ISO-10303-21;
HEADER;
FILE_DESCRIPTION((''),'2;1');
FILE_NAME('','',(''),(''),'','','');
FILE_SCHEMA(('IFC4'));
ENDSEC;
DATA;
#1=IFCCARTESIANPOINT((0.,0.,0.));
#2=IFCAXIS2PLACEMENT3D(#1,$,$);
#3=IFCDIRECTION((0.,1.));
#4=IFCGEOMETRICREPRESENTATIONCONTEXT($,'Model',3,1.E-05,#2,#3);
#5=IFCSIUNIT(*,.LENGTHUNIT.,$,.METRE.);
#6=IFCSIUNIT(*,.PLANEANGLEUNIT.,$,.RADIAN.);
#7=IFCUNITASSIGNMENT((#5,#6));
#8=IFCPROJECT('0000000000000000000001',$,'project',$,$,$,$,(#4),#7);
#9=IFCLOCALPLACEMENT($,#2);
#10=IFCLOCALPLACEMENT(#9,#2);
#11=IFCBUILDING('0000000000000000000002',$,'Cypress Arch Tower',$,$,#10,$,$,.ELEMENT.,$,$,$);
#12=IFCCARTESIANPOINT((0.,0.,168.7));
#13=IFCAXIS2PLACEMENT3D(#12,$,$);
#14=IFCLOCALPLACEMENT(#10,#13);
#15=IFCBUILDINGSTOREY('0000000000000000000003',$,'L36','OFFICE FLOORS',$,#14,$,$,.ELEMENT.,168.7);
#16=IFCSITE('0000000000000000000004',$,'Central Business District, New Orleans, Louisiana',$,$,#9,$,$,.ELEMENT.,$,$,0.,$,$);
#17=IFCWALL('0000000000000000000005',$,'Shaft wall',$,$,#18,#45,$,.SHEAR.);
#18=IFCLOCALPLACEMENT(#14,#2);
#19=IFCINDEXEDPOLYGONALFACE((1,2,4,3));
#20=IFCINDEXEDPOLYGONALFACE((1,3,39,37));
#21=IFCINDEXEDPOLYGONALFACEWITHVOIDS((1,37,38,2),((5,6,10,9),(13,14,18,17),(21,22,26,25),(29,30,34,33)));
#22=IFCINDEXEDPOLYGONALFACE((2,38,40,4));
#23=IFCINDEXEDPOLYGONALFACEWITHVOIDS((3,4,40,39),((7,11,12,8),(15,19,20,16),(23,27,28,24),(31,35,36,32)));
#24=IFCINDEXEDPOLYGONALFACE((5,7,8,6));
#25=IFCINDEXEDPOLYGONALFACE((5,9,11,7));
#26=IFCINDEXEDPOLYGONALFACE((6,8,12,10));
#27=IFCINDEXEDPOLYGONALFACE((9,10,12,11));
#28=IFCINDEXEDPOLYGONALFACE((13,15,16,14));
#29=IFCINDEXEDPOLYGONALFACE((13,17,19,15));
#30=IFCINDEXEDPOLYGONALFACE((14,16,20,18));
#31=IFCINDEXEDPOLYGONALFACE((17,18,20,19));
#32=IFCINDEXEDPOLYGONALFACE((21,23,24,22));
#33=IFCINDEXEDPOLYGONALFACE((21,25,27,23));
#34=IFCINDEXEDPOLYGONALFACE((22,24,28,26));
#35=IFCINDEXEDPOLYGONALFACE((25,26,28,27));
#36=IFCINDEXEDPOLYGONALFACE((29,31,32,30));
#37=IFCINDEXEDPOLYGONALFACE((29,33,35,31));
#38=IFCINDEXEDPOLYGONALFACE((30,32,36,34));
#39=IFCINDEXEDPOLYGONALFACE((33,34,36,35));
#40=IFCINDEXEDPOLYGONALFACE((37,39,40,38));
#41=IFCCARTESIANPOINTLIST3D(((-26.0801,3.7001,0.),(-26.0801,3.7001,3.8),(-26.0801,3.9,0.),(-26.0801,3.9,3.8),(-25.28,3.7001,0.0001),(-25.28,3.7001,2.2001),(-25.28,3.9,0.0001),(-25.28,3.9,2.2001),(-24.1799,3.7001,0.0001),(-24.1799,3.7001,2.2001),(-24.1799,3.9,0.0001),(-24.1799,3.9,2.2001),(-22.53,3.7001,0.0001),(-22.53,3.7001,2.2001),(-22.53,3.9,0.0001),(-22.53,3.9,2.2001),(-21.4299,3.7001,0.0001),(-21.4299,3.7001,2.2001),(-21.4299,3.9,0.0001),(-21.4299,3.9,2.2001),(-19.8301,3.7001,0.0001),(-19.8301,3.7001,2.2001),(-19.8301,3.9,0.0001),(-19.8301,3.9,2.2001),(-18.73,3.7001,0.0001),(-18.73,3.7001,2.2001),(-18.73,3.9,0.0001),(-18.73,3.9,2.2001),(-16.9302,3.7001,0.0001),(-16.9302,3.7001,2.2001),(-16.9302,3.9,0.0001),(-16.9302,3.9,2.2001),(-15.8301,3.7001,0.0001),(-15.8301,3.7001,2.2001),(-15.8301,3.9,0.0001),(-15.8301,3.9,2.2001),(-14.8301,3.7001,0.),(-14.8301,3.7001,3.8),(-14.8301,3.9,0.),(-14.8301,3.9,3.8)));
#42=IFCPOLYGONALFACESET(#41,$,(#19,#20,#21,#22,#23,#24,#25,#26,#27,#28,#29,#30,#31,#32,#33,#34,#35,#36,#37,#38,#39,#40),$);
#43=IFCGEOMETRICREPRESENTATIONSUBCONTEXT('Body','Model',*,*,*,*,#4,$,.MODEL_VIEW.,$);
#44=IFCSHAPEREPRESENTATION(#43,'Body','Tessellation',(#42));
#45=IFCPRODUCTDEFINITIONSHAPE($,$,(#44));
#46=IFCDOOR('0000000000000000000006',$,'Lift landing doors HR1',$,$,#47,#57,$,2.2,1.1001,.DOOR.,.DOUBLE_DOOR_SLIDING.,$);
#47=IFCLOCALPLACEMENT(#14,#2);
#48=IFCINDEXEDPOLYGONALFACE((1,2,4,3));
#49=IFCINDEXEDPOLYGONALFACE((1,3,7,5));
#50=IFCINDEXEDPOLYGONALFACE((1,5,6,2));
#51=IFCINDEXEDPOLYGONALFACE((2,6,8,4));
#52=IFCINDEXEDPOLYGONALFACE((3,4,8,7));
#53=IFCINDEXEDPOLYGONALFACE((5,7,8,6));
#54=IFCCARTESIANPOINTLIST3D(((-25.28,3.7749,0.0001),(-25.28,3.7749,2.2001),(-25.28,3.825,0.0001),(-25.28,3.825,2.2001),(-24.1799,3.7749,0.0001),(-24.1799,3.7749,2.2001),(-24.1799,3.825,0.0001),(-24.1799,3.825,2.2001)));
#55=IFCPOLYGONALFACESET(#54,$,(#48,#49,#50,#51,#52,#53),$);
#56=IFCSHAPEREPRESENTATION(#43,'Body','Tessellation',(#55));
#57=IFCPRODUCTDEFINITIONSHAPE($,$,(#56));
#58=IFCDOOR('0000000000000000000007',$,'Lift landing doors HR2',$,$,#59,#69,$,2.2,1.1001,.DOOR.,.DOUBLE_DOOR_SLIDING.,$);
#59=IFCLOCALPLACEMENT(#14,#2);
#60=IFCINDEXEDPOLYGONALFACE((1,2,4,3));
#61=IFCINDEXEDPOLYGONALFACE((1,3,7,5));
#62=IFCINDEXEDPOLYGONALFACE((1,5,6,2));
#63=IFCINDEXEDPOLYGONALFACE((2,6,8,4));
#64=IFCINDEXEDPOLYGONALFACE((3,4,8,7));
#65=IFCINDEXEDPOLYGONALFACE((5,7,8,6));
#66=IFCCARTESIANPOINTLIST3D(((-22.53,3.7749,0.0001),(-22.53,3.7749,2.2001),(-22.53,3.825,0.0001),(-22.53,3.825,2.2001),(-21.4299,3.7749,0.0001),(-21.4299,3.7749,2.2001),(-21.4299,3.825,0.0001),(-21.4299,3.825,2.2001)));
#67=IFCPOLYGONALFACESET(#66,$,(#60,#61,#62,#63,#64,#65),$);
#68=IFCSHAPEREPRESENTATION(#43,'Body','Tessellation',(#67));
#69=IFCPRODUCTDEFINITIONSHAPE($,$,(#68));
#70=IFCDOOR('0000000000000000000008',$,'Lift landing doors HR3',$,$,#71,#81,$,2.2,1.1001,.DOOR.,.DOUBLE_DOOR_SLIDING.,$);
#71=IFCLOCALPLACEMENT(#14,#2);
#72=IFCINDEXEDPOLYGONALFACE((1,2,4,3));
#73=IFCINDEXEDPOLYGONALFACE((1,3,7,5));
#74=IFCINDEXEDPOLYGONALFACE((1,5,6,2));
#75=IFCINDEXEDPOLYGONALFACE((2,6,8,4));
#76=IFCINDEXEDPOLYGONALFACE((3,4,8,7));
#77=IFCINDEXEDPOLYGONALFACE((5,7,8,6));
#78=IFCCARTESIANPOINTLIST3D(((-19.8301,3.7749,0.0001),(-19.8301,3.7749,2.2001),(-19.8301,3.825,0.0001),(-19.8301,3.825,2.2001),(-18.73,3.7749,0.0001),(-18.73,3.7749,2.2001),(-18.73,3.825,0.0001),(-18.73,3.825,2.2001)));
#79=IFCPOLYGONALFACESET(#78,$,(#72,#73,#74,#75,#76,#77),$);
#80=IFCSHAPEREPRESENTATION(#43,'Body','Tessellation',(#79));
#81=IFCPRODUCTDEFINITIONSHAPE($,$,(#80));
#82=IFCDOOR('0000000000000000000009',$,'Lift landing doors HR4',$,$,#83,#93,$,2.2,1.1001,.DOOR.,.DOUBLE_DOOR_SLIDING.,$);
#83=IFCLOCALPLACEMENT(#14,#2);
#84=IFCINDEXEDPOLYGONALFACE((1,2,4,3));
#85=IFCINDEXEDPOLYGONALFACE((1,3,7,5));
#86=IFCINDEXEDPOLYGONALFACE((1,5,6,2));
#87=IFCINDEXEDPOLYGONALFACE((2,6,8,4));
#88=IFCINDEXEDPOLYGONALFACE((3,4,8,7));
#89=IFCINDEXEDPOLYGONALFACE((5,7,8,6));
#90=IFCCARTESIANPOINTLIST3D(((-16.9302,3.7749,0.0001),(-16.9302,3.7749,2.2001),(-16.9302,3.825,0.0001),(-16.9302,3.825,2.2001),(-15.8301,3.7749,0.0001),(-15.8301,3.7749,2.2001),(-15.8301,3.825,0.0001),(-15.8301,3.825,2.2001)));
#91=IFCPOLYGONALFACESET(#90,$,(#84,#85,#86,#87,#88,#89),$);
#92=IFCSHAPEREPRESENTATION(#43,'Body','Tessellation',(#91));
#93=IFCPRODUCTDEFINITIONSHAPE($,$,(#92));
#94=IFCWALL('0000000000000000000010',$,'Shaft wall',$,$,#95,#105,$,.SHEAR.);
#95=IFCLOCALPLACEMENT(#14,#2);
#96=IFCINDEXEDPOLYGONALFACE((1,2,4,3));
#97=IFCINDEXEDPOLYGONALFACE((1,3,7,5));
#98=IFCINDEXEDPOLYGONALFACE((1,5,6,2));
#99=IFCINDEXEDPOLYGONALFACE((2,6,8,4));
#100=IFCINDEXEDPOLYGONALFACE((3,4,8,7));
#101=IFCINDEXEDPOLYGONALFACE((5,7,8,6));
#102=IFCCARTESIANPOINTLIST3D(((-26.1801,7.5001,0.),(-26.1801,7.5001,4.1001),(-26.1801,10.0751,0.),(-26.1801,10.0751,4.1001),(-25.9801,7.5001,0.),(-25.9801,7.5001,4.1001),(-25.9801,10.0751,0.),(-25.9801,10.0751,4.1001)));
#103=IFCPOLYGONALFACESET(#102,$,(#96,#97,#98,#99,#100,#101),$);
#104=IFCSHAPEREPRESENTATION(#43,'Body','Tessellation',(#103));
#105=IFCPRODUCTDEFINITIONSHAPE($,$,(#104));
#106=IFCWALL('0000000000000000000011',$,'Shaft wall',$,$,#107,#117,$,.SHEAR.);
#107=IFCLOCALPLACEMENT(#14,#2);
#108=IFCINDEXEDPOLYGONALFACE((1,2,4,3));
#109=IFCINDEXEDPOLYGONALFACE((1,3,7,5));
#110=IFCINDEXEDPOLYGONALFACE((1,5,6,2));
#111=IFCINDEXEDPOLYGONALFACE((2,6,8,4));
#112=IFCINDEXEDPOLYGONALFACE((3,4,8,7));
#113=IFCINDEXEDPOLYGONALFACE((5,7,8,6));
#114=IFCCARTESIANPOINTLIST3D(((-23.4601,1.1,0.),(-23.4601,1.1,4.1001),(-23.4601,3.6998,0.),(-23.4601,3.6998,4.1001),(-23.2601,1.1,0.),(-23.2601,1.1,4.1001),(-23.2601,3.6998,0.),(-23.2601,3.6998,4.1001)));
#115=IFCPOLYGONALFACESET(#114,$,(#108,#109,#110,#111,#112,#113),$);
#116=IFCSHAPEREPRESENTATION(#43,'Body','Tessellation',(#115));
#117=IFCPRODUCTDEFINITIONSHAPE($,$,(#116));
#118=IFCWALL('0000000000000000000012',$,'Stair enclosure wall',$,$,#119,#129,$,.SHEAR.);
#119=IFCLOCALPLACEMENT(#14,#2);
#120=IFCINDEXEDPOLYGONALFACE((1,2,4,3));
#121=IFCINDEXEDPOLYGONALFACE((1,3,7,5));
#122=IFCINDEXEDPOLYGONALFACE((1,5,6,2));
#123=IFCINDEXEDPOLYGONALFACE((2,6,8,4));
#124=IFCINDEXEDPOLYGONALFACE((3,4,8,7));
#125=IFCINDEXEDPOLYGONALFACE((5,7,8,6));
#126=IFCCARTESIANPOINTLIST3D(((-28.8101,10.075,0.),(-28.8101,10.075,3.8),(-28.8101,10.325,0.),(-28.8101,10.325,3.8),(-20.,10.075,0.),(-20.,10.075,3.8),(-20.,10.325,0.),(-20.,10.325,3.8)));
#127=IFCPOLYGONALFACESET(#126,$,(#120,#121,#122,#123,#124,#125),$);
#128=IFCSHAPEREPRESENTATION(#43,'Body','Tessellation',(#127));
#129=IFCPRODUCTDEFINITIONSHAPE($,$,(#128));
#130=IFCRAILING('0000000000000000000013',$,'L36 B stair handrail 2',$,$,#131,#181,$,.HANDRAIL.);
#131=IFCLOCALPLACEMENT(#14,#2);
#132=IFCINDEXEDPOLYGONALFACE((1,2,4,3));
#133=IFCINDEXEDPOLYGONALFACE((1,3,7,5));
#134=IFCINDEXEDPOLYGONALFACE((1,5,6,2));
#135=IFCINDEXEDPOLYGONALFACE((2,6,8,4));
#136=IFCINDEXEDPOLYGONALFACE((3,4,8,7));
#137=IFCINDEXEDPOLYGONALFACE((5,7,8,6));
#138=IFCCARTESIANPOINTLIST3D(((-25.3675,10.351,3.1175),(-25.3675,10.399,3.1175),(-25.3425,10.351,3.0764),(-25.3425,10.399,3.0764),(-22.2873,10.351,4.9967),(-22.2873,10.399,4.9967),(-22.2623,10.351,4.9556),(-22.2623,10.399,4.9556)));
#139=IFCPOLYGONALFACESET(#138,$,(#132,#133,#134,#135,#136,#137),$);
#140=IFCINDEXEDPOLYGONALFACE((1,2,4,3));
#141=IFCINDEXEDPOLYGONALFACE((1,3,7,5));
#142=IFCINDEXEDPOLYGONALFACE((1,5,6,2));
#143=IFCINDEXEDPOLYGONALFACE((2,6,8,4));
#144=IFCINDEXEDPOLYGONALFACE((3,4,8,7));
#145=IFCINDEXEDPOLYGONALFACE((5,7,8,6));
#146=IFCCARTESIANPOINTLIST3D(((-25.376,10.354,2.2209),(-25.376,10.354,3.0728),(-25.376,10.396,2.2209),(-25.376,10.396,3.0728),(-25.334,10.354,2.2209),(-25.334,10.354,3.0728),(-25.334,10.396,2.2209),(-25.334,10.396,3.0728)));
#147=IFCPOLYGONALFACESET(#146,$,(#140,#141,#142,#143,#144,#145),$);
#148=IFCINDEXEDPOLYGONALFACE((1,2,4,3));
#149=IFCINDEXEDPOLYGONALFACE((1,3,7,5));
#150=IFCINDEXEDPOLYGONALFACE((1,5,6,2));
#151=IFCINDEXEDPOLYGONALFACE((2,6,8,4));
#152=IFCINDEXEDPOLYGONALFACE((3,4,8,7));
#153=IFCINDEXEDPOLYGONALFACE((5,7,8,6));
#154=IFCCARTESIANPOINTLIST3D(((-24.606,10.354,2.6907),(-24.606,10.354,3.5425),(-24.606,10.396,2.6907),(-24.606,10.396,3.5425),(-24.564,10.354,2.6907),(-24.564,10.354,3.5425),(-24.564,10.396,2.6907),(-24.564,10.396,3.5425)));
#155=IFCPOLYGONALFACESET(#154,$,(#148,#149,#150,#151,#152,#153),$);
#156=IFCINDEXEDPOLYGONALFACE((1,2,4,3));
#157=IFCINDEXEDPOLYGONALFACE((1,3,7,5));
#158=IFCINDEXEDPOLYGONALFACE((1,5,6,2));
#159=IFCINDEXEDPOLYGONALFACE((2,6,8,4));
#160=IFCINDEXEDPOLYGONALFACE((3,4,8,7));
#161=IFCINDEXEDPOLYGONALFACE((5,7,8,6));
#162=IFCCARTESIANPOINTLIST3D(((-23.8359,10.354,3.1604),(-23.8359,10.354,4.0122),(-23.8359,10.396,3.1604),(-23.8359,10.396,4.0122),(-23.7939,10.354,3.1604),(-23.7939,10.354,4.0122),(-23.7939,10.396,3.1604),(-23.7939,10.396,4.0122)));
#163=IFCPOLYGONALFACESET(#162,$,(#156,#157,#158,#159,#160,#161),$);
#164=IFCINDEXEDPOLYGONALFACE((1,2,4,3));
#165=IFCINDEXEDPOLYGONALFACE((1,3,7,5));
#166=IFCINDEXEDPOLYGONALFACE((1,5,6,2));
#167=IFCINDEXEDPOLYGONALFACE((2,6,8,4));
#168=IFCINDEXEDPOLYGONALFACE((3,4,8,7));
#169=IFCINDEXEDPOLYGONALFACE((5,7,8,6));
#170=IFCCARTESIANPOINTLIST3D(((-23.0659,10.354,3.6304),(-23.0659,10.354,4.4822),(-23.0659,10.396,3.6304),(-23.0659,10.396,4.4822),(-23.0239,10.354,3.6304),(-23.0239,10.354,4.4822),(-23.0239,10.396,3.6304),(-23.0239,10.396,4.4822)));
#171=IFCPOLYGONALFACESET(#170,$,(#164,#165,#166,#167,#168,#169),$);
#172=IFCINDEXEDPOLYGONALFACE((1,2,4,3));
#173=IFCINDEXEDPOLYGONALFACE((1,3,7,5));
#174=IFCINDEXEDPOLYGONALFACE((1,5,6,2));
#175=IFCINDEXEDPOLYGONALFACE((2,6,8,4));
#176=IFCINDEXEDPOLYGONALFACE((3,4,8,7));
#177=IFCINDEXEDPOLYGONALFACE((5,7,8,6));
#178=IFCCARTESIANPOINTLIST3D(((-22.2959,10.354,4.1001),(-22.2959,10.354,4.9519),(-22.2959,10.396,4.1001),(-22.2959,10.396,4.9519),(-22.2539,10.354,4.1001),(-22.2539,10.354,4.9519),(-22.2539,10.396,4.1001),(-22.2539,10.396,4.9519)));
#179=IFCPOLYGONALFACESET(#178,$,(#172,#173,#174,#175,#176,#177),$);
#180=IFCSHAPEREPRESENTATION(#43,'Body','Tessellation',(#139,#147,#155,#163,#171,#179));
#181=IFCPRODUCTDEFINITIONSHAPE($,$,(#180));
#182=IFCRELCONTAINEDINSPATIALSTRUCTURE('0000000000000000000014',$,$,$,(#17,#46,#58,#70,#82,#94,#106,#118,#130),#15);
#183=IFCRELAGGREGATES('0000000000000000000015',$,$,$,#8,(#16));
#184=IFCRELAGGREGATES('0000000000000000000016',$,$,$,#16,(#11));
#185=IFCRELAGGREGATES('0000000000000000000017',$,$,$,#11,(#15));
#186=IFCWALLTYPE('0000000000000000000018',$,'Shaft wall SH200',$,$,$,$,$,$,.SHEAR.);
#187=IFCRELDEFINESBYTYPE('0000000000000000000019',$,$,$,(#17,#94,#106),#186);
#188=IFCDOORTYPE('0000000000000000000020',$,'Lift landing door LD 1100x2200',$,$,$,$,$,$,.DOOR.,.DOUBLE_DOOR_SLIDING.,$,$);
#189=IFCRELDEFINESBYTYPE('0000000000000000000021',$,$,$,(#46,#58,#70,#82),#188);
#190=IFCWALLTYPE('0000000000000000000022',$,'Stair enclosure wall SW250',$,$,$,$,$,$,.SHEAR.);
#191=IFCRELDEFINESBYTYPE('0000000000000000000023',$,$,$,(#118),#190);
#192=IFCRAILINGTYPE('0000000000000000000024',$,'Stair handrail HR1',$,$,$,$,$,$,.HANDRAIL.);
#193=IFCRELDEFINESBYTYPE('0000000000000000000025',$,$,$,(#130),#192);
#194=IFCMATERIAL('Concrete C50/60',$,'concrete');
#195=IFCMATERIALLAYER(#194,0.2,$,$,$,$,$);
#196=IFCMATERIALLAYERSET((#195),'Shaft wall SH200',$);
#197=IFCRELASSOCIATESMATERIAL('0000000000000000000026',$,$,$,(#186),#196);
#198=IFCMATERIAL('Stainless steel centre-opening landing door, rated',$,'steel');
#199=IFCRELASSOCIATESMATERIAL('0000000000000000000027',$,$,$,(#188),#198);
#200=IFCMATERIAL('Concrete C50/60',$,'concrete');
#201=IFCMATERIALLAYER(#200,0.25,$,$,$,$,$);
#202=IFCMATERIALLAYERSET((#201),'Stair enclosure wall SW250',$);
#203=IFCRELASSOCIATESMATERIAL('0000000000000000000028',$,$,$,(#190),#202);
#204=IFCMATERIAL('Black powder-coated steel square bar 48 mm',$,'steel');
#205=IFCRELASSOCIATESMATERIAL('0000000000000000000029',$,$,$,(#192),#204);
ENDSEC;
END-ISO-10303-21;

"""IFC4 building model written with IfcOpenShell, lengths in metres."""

from ifc_helpers import new_model, si_unit, direction, frame, frame_2d, origin, origin_2d, place, context, subcontext, project, spatial, rectangle, extrude, material, layer, layer_set, type_object, element, fill, save


model = new_model("IFC4")

# Units and contexts
model_context = context("Model", 3, precision=1e-05, world=origin(), true_north=direction((0.0, 1.0)))
body_context = subcontext(model_context, "Body", "Model", "MODEL_VIEW")
ifc_project = project(units=[si_unit("LENGTHUNIT", "METRE"), si_unit("PLANEANGLEUNIT", "RADIAN")], contexts=[model_context])

# Site, building, storey
site_placement = place(None, origin())
site = spatial("IfcSite", under=ifc_project, at=site_placement, Name="Central Business District, New Orleans, Louisiana", CompositionType="ELEMENT", RefElevation=0.0)
building_placement = place(site_placement, origin())
building = spatial("IfcBuilding", under=site, at=building_placement, Name="Cypress Arch Tower", CompositionType="ELEMENT")
storey_placement = place(building_placement, frame((0.0, 0.0, 168.7)))
storey = spatial("IfcBuildingStorey", under=building, at=storey_placement, Name="L36", Description="OFFICE FLOORS", CompositionType="ELEMENT", Elevation=168.7)

# Shared definitions
ifc_material_1 = material(Name="Concrete C50/60", Category="concrete")
ifc_layer_1 = layer(ifc_material_1, 0.2)
ifc_layer_set_1 = layer_set([ifc_layer_1], Name="Shaft wall SH200")
wall_type_1 = type_object("IfcWallType", Name="Shaft wall SH200", PredefinedType="SHEAR", material=ifc_layer_set_1)
ifc_material_2 = material(Name="Stainless steel centre-opening landing door, rated", Category="steel")
door_type_1 = type_object("IfcDoorType", Name="Lift landing door LD 1100x2200", OperationType="DOUBLE_DOOR_SLIDING", PredefinedType="DOOR", material=ifc_material_2)

# Wall, openings, doors
wall_1_placement = place(storey_placement, frame((-26.0801, 3.8, 0.0), z_axis=(0.0, 0.0, 1.0), x_axis=(1.0, 0.0, 0.0)))
wall_1 = element("IfcWall", 1, at=wall_1_placement, inside=storey, type_object=wall_type_1, Name="Shaft wall", PredefinedType="SHEAR", context=body_context, shape_type="SweptSolid", body=[
    extrude(rectangle(XDim=11.25, YDim=0.2, at=frame_2d((5.625, 0.0))), origin(), (0.0, 0.0, 1.0), 3.8),
])
opening_1_placement = place(wall_1_placement, frame((0.8, 0.0, 0.0)))
opening_1 = element("IfcOpeningElement", 2, at=opening_1_placement, cuts=wall_1, PredefinedType="OPENING", context=body_context, shape_type="SweptSolid", body=[
    extrude(rectangle(XDim=1.1001, YDim=2.2, at=frame_2d((0.55, 1.1001))), frame((0.0, 0.1099, 0.0), z_axis=(0.0, -1.0, 0.0), x_axis=(1.0, 0.0, 0.0)), (0.0, 0.0, 1.0), 0.22),
])
opening_2_placement = place(wall_1_placement, frame((3.55, 0.0, 0.0)))
opening_2 = element("IfcOpeningElement", 3, at=opening_2_placement, cuts=wall_1, PredefinedType="OPENING", context=body_context, shape_type="SweptSolid", body=[
    extrude(rectangle(XDim=1.1001, YDim=2.2, at=frame_2d((0.55, 1.1001))), frame((0.0, 0.1099, 0.0), z_axis=(0.0, -1.0, 0.0), x_axis=(1.0, 0.0, 0.0)), (0.0, 0.0, 1.0), 0.22),
])
opening_3_placement = place(wall_1_placement, frame((6.25, 0.0, 0.0)))
opening_3 = element("IfcOpeningElement", 4, at=opening_3_placement, cuts=wall_1, PredefinedType="OPENING", context=body_context, shape_type="SweptSolid", body=[
    extrude(rectangle(XDim=1.1001, YDim=2.2, at=frame_2d((0.55, 1.1001))), frame((0.0, 0.1099, 0.0), z_axis=(0.0, -1.0, 0.0), x_axis=(1.0, 0.0, 0.0)), (0.0, 0.0, 1.0), 0.22),
])
opening_4_placement = place(wall_1_placement, frame((9.1499, 0.0, 0.0)))
opening_4 = element("IfcOpeningElement", 5, at=opening_4_placement, cuts=wall_1, PredefinedType="OPENING", context=body_context, shape_type="SweptSolid", body=[
    extrude(rectangle(XDim=1.1001, YDim=2.2, at=frame_2d((0.55, 1.1001))), frame((0.0, 0.1099, 0.0), z_axis=(0.0, -1.0, 0.0), x_axis=(1.0, 0.0, 0.0)), (0.0, 0.0, 1.0), 0.22),
])
door_1_placement = place(opening_1_placement, origin())
door_1 = element("IfcDoor", 6, at=door_1_placement, inside=storey, type_object=door_type_1, Name="Lift landing doors HR1", OperationType="DOUBLE_DOOR_SLIDING", OverallHeight=2.2, OverallWidth=1.1001, PredefinedType="DOOR", context=body_context, shape_type="SweptSolid", body=[
    extrude(rectangle(XDim=1.1001, YDim=2.2, at=frame_2d((0.55, 1.1001))), frame((0.0, 0.0249, 0.0), z_axis=(0.0, -1.0, 0.0), x_axis=(1.0, 0.0, 0.0)), (0.0, 0.0, 1.0), 0.05),
])
fill(opening_1, door_1)
door_2_placement = place(opening_2_placement, origin())
door_2 = element("IfcDoor", 7, at=door_2_placement, inside=storey, type_object=door_type_1, Name="Lift landing doors HR2", OperationType="DOUBLE_DOOR_SLIDING", OverallHeight=2.2, OverallWidth=1.1001, PredefinedType="DOOR", context=body_context, shape_type="SweptSolid", body=[
    extrude(rectangle(XDim=1.1001, YDim=2.2, at=frame_2d((0.55, 1.1001))), frame((0.0, 0.0249, 0.0), z_axis=(0.0, -1.0, 0.0), x_axis=(1.0, 0.0, 0.0)), (0.0, 0.0, 1.0), 0.05),
])
fill(opening_2, door_2)
door_3_placement = place(opening_3_placement, origin())
door_3 = element("IfcDoor", 8, at=door_3_placement, inside=storey, type_object=door_type_1, Name="Lift landing doors HR3", OperationType="DOUBLE_DOOR_SLIDING", OverallHeight=2.2, OverallWidth=1.1001, PredefinedType="DOOR", context=body_context, shape_type="SweptSolid", body=[
    extrude(rectangle(XDim=1.1001, YDim=2.2, at=frame_2d((0.55, 1.1001))), frame((0.0, 0.0249, 0.0), z_axis=(0.0, -1.0, 0.0), x_axis=(1.0, 0.0, 0.0)), (0.0, 0.0, 1.0), 0.05),
])
fill(opening_3, door_3)
door_4_placement = place(opening_4_placement, origin())
door_4 = element("IfcDoor", 9, at=door_4_placement, inside=storey, type_object=door_type_1, Name="Lift landing doors HR4", OperationType="DOUBLE_DOOR_SLIDING", OverallHeight=2.2, OverallWidth=1.1001, PredefinedType="DOOR", context=body_context, shape_type="SweptSolid", body=[
    extrude(rectangle(XDim=1.1001, YDim=2.2, at=frame_2d((0.55, 1.1001))), frame((0.0, 0.0249, 0.0), z_axis=(0.0, -1.0, 0.0), x_axis=(1.0, 0.0, 0.0)), (0.0, 0.0, 1.0), 0.05),
])
fill(opening_4, door_4)

# Walls
wall_2_placement = place(storey_placement, frame((-26.0801, 7.5, 0.0), z_axis=(0.0, 0.0, 1.0), x_axis=(0.0, 1.0, 0.0)))
element("IfcWall", 10, at=wall_2_placement, inside=storey, type_object=wall_type_1, Name="Shaft wall", PredefinedType="SHEAR", context=body_context, shape_type="SweptSolid", body=[
    extrude(rectangle(XDim=2.575, YDim=0.2, at=frame_2d((1.2876, 0.0))), origin(), (0.0, 0.0, 1.0), 4.1001),
])
wall_3_placement = place(storey_placement, frame((-23.3601, 1.1001, 0.0), z_axis=(0.0, 0.0, 1.0), x_axis=(0.0, 1.0, 0.0)))
element("IfcWall", 11, at=wall_3_placement, inside=storey, type_object=wall_type_1, Name="Shaft wall", PredefinedType="SHEAR", context=body_context, shape_type="SweptSolid", body=[
    extrude(rectangle(XDim=2.5999, YDim=0.2, at=frame_2d((1.2998, 0.0))), origin(), (0.0, 0.0, 1.0), 4.1001),
])
ifc_material_3 = material(Name="Concrete C50/60", Category="concrete")
ifc_layer_2 = layer(ifc_material_3, 0.25)
ifc_layer_set_2 = layer_set([ifc_layer_2], Name="Stair enclosure wall SW250")
wall_type_2 = type_object("IfcWallType", Name="Stair enclosure wall SW250", PredefinedType="SHEAR", material=ifc_layer_set_2)
wall_4_placement = place(storey_placement, frame((-28.8101, 10.2, 0.0), z_axis=(0.0, 0.0, 1.0), x_axis=(1.0, 0.0, 0.0)))
element("IfcWall", 12, at=wall_4_placement, inside=storey, type_object=wall_type_2, Name="Stair enclosure wall", PredefinedType="SHEAR", context=body_context, shape_type="SweptSolid", body=[
    extrude(rectangle(XDim=8.8101, YDim=0.25, at=frame_2d((4.405, 0.0))), origin(), (0.0, 0.0, 1.0), 3.8),
])

# Railing
ifc_material_4 = material(Name="Black powder-coated steel square bar 48 mm", Category="steel")
railing_type = type_object("IfcRailingType", Name="Stair handrail HR1", PredefinedType="HANDRAIL", material=ifc_material_4)
railing_placement = place(storey_placement, frame((-25.355, 10.375, 2.2209)))
element("IfcRailing", 13, at=railing_placement, inside=storey, type_object=railing_type, Name="L36 B stair handrail 2", PredefinedType="HANDRAIL", context=body_context, shape_type="SweptSolid", body=[
    extrude(rectangle(XDim=0.0481, YDim=0.0481, at=origin_2d()), frame((0.0, 0.0, 0.876), z_axis=(0.853666, 0.0, 0.52082), x_axis=(0.0, 1.0, 0.0)), (0.0, 0.0, 1.0), 3.6082),
    extrude(rectangle(XDim=0.042, YDim=0.042, at=origin_2d()), origin(), (0.0, 0.0, 1.0), 0.8518),
    extrude(rectangle(XDim=0.042, YDim=0.042, at=origin_2d()), frame((0.77, 0.0, 0.4697)), (0.0, 0.0, 1.0), 0.8518),
    extrude(rectangle(XDim=0.042, YDim=0.042, at=origin_2d()), frame((1.54, 0.0, 0.9395)), (0.0, 0.0, 1.0), 0.8518),
    extrude(rectangle(XDim=0.042, YDim=0.042, at=origin_2d()), frame((2.3101, 0.0, 1.4094)), (0.0, 0.0, 1.0), 0.8518),
    extrude(rectangle(XDim=0.042, YDim=0.042, at=origin_2d()), frame((3.0801, 0.0, 1.8792)), (0.0, 0.0, 1.0), 0.8518),
])

save(model, "model.ifc")
